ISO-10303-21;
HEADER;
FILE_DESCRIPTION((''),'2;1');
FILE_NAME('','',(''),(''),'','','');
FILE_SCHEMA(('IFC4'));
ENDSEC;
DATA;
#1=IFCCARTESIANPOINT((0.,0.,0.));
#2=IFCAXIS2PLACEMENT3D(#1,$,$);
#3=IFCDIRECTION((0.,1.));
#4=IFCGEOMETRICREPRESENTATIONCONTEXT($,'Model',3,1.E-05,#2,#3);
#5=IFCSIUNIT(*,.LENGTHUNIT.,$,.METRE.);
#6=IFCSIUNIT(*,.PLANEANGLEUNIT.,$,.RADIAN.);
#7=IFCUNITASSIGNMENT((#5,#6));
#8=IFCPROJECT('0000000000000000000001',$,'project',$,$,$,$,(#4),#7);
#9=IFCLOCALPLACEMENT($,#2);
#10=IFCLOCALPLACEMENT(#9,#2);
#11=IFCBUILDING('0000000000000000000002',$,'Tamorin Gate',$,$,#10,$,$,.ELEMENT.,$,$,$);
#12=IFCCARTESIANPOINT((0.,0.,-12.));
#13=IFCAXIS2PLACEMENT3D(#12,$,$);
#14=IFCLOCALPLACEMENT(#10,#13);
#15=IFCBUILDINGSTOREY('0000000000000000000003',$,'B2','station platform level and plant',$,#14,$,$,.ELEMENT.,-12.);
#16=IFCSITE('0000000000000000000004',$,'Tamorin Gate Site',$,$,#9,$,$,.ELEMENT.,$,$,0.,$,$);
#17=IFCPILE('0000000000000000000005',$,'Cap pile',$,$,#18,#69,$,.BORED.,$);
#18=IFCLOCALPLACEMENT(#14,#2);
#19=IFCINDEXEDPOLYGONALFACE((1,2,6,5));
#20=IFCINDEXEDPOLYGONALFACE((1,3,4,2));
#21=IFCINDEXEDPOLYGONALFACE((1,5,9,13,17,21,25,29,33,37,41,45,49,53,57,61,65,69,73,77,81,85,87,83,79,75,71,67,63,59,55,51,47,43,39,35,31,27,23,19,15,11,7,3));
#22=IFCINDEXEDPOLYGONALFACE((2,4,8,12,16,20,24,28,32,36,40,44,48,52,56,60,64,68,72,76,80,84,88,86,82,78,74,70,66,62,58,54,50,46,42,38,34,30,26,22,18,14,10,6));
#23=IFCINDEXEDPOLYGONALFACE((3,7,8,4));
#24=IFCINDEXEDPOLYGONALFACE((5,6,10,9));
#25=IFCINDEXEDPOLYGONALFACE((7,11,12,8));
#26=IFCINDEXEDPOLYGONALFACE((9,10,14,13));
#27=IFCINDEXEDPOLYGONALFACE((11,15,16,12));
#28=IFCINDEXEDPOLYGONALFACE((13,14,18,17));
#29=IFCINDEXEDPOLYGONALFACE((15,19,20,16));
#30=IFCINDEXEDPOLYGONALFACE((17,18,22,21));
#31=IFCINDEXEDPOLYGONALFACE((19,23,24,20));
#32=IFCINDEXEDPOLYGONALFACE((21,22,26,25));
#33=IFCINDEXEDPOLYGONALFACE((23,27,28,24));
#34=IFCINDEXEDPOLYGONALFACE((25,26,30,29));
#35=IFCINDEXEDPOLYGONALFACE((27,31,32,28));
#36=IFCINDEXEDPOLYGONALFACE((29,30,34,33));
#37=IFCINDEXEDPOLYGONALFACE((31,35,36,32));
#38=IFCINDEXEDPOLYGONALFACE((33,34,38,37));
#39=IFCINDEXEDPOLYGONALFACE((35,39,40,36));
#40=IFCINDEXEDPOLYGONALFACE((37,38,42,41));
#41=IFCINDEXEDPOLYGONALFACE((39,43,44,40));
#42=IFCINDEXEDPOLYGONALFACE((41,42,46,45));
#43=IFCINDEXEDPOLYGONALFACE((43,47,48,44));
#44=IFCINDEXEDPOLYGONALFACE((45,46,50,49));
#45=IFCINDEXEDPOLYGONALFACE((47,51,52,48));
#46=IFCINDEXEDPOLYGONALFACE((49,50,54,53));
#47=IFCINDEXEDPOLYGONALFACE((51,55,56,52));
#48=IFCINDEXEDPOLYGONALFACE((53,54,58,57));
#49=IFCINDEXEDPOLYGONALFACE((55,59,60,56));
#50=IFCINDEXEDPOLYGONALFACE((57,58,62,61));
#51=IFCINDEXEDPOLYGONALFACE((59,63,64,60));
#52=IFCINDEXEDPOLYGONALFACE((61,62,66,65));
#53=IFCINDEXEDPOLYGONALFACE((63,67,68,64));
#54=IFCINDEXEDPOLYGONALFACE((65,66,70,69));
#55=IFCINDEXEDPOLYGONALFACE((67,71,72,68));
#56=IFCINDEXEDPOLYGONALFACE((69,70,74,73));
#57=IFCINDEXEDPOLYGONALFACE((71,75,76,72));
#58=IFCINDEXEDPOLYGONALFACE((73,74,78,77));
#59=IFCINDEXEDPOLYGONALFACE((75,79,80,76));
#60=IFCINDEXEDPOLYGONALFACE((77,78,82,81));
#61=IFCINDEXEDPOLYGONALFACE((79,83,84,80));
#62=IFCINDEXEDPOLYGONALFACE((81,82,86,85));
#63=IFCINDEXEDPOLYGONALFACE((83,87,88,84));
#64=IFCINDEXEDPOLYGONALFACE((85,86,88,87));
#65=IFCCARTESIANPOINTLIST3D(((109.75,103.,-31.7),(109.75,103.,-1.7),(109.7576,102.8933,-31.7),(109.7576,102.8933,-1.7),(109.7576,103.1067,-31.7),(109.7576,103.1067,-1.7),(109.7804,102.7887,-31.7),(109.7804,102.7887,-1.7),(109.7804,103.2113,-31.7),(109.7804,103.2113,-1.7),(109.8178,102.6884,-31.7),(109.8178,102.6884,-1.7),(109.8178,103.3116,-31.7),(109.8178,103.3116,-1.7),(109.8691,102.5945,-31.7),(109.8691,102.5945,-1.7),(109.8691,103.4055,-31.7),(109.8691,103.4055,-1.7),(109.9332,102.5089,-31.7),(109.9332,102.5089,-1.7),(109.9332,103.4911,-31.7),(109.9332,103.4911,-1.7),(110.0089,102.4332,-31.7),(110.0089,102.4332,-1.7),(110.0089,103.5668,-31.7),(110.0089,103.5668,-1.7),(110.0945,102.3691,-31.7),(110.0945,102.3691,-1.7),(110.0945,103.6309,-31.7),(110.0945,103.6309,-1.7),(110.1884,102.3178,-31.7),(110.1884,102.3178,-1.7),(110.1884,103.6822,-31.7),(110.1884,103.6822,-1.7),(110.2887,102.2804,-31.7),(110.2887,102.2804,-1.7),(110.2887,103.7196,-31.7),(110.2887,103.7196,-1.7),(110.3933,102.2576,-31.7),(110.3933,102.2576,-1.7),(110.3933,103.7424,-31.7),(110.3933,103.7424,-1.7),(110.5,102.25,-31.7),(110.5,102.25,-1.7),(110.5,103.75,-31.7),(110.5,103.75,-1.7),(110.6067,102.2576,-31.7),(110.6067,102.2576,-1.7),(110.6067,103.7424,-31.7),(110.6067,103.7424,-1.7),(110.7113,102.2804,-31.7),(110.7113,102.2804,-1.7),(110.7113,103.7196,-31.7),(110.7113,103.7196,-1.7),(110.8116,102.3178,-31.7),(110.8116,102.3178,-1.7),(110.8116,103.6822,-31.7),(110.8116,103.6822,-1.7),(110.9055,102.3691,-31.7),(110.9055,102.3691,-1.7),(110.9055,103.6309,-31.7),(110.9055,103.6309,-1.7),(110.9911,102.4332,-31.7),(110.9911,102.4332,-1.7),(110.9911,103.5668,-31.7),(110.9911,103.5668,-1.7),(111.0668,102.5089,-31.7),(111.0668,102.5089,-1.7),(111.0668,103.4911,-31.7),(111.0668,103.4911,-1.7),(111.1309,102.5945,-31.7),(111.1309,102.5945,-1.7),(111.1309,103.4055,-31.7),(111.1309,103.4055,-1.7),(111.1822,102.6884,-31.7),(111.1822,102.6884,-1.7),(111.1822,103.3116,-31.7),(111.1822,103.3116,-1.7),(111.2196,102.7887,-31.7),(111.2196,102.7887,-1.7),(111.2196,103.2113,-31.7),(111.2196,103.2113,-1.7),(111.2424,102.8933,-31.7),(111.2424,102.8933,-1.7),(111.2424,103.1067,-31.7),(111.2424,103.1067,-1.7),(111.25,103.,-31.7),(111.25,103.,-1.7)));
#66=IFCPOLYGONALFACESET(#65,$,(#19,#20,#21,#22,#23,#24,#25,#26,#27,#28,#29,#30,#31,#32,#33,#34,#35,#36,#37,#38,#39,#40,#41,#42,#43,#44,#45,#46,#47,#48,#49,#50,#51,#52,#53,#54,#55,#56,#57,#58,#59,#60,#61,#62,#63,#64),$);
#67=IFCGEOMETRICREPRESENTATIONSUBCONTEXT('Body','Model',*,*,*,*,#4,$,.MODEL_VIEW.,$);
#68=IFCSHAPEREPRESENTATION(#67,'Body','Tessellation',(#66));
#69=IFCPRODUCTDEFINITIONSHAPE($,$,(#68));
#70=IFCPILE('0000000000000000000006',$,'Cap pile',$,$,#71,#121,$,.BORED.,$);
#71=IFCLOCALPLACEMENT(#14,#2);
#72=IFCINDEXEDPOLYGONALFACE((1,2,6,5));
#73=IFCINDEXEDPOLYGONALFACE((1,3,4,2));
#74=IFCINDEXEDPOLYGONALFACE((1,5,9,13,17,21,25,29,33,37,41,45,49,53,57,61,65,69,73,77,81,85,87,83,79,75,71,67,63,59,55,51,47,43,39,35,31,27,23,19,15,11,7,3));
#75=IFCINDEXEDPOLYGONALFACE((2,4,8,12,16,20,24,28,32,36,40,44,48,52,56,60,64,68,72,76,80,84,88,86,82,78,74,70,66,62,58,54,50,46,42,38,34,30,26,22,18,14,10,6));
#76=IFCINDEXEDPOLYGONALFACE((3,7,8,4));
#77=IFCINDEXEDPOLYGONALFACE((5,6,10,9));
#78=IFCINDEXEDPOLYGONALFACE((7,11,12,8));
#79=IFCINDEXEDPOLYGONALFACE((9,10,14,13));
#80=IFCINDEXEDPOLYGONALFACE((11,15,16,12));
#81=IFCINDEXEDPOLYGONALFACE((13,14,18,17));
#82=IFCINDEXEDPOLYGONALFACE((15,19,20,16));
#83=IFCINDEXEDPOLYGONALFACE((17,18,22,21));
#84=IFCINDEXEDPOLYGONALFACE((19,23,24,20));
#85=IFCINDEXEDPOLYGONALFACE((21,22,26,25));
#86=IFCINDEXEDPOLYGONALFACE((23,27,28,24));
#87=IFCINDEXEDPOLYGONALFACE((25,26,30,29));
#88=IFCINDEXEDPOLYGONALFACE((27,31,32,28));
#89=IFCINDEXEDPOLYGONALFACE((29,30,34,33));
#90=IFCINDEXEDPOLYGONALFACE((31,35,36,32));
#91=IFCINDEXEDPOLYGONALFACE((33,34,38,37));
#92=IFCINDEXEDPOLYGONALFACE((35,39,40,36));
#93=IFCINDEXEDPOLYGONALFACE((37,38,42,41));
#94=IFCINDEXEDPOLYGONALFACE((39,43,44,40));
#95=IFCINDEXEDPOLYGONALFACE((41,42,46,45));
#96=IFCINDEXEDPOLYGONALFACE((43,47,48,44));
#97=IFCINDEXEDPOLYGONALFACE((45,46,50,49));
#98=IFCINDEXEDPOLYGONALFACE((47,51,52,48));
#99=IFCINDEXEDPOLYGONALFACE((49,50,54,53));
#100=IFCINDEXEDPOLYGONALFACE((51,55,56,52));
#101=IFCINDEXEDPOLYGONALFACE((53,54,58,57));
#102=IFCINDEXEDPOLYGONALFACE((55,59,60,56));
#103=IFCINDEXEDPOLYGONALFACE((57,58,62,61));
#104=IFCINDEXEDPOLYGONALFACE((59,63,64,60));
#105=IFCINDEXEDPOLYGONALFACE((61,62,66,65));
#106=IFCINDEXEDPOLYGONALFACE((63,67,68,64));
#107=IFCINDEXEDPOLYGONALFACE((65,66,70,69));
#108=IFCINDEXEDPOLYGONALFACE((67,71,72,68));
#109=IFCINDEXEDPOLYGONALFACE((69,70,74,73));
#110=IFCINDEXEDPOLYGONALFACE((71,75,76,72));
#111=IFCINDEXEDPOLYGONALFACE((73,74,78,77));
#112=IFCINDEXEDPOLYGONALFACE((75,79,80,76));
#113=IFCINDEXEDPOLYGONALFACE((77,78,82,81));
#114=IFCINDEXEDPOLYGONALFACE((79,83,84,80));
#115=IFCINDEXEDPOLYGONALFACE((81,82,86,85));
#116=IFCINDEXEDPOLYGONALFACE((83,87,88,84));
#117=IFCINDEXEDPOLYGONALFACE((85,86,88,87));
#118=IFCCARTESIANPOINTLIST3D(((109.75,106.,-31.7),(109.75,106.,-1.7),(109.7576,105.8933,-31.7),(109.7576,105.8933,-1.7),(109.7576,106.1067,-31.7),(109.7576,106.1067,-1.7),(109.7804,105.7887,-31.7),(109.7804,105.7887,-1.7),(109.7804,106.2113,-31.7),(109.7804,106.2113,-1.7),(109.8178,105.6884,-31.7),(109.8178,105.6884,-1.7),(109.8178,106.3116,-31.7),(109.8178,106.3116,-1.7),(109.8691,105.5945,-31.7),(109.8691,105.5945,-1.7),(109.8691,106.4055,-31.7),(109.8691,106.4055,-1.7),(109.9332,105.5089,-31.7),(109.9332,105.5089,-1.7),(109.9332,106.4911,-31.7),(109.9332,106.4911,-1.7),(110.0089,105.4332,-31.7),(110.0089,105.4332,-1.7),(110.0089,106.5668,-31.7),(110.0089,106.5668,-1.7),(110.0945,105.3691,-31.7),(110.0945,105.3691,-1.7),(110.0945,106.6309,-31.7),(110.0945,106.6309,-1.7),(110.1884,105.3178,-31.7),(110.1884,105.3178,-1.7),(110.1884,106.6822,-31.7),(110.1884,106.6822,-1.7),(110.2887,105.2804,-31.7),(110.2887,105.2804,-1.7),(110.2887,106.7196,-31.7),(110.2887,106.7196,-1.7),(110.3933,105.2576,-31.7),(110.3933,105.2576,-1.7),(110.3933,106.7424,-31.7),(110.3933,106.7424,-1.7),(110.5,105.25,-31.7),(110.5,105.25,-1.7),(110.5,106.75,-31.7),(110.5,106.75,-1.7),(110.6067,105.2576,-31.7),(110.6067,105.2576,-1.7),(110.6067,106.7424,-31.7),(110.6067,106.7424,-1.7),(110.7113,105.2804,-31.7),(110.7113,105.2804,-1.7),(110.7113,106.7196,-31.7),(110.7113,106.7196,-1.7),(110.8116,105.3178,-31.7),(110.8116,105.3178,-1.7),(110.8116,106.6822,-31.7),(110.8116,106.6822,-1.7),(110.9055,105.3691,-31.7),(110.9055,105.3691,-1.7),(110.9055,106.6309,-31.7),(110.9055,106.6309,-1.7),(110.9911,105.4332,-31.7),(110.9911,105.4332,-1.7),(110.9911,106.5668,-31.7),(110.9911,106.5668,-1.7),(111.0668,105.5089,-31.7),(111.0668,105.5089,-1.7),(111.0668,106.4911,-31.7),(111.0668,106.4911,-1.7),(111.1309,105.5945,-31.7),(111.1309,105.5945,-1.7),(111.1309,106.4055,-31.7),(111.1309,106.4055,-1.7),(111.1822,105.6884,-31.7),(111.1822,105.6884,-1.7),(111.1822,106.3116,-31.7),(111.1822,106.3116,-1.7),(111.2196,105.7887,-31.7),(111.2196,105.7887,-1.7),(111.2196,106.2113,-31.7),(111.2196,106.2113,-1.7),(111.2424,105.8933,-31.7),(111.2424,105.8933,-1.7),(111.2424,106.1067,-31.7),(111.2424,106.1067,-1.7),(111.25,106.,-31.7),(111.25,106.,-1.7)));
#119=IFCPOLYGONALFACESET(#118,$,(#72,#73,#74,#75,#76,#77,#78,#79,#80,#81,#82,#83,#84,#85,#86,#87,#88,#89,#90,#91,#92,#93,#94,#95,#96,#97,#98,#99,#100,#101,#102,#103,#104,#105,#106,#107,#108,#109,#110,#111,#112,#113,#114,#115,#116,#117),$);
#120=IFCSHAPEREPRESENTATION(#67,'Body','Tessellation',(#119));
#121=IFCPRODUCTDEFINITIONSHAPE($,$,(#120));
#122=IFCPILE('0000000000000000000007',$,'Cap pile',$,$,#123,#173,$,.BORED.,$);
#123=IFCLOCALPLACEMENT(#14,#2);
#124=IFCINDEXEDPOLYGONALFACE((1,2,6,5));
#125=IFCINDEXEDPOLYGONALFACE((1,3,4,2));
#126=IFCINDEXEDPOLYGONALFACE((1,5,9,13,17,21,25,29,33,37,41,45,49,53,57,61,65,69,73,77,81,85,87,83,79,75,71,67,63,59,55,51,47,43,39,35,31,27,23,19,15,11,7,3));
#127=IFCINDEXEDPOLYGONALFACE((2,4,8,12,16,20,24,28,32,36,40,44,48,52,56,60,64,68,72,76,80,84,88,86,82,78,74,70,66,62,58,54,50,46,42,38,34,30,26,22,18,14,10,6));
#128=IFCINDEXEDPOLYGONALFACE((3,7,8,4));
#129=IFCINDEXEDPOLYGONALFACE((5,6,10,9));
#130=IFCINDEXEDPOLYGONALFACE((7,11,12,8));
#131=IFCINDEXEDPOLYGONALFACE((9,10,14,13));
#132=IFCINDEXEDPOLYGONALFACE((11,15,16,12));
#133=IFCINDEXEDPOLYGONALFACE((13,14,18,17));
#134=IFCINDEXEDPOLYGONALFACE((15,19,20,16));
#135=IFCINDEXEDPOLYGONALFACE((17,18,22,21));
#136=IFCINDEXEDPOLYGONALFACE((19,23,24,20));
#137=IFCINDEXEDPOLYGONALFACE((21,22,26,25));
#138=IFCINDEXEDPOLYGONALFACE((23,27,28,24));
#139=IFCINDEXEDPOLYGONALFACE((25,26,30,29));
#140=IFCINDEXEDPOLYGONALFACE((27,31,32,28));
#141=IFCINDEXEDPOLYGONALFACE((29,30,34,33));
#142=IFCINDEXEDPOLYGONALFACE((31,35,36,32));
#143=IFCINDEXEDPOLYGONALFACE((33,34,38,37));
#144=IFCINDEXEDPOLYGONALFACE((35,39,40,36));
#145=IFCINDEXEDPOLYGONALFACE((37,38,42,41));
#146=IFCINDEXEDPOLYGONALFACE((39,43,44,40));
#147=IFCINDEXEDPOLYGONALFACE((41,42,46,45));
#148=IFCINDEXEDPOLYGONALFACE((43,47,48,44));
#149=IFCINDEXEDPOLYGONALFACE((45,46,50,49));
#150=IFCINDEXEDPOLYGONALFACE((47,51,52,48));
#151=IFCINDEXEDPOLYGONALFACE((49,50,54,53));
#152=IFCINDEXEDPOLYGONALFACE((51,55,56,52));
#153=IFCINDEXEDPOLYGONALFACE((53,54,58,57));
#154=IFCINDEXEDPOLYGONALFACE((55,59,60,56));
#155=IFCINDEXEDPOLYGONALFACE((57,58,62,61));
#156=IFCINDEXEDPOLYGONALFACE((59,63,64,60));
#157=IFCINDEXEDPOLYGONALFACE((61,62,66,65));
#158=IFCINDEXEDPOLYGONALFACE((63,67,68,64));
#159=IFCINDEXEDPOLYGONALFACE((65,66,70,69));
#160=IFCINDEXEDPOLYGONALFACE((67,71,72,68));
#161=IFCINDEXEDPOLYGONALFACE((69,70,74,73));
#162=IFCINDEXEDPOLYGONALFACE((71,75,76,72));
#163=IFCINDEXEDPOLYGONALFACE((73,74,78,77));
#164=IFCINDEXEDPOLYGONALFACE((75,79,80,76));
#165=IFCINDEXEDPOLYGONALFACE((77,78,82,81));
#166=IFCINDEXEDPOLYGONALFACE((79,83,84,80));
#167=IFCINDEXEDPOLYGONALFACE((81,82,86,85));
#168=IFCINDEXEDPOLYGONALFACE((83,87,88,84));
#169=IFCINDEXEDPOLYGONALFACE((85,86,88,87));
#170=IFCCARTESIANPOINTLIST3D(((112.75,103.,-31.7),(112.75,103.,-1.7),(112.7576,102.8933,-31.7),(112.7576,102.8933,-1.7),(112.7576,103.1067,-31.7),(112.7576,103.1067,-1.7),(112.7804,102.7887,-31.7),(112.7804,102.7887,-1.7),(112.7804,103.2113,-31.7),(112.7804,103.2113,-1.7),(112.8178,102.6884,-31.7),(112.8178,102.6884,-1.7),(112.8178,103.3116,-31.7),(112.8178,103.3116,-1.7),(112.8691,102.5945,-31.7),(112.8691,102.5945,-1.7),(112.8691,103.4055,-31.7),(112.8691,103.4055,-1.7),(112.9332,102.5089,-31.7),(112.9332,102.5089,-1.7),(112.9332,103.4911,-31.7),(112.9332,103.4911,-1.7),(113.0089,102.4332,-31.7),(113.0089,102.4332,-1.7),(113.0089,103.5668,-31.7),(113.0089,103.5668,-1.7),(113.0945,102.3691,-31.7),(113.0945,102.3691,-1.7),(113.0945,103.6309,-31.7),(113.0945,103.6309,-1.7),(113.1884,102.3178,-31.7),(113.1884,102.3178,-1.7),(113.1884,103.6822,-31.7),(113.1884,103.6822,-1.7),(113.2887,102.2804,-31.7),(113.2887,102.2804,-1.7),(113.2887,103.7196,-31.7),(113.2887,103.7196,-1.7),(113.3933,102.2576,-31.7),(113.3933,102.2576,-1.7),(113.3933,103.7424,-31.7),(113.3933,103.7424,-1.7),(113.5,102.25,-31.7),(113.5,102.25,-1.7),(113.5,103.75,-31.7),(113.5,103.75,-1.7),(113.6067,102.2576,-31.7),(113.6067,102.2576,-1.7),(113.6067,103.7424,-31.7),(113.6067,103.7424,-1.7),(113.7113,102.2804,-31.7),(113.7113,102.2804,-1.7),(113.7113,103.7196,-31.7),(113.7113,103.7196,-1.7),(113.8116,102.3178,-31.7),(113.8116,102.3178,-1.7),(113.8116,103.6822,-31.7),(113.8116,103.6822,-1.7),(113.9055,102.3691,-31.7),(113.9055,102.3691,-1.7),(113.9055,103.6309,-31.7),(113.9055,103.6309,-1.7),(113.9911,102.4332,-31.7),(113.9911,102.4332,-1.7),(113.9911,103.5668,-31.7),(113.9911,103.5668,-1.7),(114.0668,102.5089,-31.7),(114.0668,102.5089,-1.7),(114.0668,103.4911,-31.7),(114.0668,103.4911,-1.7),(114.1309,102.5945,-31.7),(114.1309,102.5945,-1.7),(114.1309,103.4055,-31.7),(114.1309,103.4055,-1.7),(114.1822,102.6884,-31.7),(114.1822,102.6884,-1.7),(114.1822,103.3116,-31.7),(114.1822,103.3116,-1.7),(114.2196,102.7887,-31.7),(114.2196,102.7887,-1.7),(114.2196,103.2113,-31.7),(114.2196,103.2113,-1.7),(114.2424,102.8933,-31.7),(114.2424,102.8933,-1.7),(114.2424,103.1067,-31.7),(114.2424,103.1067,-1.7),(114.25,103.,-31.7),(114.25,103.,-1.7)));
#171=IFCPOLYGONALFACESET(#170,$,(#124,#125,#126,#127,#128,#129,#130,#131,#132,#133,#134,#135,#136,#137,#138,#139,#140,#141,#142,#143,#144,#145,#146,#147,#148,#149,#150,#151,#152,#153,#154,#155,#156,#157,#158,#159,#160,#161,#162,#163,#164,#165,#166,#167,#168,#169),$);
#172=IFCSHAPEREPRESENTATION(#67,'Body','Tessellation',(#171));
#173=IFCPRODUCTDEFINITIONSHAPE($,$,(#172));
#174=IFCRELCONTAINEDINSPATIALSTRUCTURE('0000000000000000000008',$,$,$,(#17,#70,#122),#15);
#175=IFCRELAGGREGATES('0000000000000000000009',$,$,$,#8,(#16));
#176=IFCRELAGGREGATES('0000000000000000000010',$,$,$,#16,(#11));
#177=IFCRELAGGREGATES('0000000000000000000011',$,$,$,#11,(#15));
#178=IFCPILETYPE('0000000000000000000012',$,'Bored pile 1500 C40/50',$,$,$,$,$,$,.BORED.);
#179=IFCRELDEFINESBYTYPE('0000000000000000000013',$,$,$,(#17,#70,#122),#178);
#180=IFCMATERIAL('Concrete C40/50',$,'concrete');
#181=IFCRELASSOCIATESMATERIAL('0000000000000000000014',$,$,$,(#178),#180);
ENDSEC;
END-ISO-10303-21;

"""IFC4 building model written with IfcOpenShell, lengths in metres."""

from ifc_helpers import new_model, si_unit, direction, frame, origin, origin_2d, place, context, subcontext, project, spatial, circle, extrude, material, material_profile, profile_set, type_object, element, save


model = new_model("IFC4")

# Units and contexts
model_context = context("Model", 3, precision=1e-05, world=origin(), true_north=direction((0.0, 1.0)))
body_context = subcontext(model_context, "Body", "Model", "MODEL_VIEW")
ifc_project = project(units=[si_unit("LENGTHUNIT", "METRE"), si_unit("PLANEANGLEUNIT", "RADIAN")], contexts=[model_context])

# Site, building, storey
site_placement = place(None, origin())
site = spatial("IfcSite", under=ifc_project, at=site_placement, Name="Tamorin Gate Site", CompositionType="ELEMENT", RefElevation=0.0)
building_placement = place(site_placement, origin())
building = spatial("IfcBuilding", under=site, at=building_placement, Name="Tamorin Gate", CompositionType="ELEMENT")
storey_placement = place(building_placement, frame((0.0, 0.0, -12.0)))
storey = spatial("IfcBuildingStorey", under=building, at=storey_placement, Name="B2", Description="station platform level and plant", CompositionType="ELEMENT", Elevation=-12.0)

# Piles
ifc_material_1 = material(Name="Concrete C40/50", Category="concrete")
ifc_material_profile_1 = material_profile(ifc_material_1, circle(Radius=0.75, at=origin_2d()))
ifc_profile_set_1 = profile_set([ifc_material_profile_1], Name="Concrete C40/50")
pile_type = type_object("IfcPileType", Name="Bored pile 1500 C40/50", PredefinedType="BORED", material=ifc_profile_set_1)
for number, where, z_axis, x_axis, name in (
    (1, (110.5, 103.0, -1.7), (0.0, 0.0, -1.0), (1.0, 0.0, 0.0), "Cap pile"),
    (2, (110.5, 106.0, -1.7), (0.0, 0.0, -1.0), (1.0, 0.0, 0.0), "Cap pile"),
    (3, (113.5, 103.0, -1.7), (0.0, 0.0, -1.0), (1.0, 0.0, 0.0), "Cap pile"),
):
    element("IfcPile", number, at=place(storey_placement, frame(where, z_axis=z_axis, x_axis=x_axis)), inside=storey, type_object=pile_type, Name=name, PredefinedType="BORED", context=body_context, shape_type="SweptSolid", body=[
        extrude(circle(Radius=0.75, at=origin_2d()), origin(), (0.0, 0.0, 1.0), 30.0),
    ])

save(model, "model.ifc")
